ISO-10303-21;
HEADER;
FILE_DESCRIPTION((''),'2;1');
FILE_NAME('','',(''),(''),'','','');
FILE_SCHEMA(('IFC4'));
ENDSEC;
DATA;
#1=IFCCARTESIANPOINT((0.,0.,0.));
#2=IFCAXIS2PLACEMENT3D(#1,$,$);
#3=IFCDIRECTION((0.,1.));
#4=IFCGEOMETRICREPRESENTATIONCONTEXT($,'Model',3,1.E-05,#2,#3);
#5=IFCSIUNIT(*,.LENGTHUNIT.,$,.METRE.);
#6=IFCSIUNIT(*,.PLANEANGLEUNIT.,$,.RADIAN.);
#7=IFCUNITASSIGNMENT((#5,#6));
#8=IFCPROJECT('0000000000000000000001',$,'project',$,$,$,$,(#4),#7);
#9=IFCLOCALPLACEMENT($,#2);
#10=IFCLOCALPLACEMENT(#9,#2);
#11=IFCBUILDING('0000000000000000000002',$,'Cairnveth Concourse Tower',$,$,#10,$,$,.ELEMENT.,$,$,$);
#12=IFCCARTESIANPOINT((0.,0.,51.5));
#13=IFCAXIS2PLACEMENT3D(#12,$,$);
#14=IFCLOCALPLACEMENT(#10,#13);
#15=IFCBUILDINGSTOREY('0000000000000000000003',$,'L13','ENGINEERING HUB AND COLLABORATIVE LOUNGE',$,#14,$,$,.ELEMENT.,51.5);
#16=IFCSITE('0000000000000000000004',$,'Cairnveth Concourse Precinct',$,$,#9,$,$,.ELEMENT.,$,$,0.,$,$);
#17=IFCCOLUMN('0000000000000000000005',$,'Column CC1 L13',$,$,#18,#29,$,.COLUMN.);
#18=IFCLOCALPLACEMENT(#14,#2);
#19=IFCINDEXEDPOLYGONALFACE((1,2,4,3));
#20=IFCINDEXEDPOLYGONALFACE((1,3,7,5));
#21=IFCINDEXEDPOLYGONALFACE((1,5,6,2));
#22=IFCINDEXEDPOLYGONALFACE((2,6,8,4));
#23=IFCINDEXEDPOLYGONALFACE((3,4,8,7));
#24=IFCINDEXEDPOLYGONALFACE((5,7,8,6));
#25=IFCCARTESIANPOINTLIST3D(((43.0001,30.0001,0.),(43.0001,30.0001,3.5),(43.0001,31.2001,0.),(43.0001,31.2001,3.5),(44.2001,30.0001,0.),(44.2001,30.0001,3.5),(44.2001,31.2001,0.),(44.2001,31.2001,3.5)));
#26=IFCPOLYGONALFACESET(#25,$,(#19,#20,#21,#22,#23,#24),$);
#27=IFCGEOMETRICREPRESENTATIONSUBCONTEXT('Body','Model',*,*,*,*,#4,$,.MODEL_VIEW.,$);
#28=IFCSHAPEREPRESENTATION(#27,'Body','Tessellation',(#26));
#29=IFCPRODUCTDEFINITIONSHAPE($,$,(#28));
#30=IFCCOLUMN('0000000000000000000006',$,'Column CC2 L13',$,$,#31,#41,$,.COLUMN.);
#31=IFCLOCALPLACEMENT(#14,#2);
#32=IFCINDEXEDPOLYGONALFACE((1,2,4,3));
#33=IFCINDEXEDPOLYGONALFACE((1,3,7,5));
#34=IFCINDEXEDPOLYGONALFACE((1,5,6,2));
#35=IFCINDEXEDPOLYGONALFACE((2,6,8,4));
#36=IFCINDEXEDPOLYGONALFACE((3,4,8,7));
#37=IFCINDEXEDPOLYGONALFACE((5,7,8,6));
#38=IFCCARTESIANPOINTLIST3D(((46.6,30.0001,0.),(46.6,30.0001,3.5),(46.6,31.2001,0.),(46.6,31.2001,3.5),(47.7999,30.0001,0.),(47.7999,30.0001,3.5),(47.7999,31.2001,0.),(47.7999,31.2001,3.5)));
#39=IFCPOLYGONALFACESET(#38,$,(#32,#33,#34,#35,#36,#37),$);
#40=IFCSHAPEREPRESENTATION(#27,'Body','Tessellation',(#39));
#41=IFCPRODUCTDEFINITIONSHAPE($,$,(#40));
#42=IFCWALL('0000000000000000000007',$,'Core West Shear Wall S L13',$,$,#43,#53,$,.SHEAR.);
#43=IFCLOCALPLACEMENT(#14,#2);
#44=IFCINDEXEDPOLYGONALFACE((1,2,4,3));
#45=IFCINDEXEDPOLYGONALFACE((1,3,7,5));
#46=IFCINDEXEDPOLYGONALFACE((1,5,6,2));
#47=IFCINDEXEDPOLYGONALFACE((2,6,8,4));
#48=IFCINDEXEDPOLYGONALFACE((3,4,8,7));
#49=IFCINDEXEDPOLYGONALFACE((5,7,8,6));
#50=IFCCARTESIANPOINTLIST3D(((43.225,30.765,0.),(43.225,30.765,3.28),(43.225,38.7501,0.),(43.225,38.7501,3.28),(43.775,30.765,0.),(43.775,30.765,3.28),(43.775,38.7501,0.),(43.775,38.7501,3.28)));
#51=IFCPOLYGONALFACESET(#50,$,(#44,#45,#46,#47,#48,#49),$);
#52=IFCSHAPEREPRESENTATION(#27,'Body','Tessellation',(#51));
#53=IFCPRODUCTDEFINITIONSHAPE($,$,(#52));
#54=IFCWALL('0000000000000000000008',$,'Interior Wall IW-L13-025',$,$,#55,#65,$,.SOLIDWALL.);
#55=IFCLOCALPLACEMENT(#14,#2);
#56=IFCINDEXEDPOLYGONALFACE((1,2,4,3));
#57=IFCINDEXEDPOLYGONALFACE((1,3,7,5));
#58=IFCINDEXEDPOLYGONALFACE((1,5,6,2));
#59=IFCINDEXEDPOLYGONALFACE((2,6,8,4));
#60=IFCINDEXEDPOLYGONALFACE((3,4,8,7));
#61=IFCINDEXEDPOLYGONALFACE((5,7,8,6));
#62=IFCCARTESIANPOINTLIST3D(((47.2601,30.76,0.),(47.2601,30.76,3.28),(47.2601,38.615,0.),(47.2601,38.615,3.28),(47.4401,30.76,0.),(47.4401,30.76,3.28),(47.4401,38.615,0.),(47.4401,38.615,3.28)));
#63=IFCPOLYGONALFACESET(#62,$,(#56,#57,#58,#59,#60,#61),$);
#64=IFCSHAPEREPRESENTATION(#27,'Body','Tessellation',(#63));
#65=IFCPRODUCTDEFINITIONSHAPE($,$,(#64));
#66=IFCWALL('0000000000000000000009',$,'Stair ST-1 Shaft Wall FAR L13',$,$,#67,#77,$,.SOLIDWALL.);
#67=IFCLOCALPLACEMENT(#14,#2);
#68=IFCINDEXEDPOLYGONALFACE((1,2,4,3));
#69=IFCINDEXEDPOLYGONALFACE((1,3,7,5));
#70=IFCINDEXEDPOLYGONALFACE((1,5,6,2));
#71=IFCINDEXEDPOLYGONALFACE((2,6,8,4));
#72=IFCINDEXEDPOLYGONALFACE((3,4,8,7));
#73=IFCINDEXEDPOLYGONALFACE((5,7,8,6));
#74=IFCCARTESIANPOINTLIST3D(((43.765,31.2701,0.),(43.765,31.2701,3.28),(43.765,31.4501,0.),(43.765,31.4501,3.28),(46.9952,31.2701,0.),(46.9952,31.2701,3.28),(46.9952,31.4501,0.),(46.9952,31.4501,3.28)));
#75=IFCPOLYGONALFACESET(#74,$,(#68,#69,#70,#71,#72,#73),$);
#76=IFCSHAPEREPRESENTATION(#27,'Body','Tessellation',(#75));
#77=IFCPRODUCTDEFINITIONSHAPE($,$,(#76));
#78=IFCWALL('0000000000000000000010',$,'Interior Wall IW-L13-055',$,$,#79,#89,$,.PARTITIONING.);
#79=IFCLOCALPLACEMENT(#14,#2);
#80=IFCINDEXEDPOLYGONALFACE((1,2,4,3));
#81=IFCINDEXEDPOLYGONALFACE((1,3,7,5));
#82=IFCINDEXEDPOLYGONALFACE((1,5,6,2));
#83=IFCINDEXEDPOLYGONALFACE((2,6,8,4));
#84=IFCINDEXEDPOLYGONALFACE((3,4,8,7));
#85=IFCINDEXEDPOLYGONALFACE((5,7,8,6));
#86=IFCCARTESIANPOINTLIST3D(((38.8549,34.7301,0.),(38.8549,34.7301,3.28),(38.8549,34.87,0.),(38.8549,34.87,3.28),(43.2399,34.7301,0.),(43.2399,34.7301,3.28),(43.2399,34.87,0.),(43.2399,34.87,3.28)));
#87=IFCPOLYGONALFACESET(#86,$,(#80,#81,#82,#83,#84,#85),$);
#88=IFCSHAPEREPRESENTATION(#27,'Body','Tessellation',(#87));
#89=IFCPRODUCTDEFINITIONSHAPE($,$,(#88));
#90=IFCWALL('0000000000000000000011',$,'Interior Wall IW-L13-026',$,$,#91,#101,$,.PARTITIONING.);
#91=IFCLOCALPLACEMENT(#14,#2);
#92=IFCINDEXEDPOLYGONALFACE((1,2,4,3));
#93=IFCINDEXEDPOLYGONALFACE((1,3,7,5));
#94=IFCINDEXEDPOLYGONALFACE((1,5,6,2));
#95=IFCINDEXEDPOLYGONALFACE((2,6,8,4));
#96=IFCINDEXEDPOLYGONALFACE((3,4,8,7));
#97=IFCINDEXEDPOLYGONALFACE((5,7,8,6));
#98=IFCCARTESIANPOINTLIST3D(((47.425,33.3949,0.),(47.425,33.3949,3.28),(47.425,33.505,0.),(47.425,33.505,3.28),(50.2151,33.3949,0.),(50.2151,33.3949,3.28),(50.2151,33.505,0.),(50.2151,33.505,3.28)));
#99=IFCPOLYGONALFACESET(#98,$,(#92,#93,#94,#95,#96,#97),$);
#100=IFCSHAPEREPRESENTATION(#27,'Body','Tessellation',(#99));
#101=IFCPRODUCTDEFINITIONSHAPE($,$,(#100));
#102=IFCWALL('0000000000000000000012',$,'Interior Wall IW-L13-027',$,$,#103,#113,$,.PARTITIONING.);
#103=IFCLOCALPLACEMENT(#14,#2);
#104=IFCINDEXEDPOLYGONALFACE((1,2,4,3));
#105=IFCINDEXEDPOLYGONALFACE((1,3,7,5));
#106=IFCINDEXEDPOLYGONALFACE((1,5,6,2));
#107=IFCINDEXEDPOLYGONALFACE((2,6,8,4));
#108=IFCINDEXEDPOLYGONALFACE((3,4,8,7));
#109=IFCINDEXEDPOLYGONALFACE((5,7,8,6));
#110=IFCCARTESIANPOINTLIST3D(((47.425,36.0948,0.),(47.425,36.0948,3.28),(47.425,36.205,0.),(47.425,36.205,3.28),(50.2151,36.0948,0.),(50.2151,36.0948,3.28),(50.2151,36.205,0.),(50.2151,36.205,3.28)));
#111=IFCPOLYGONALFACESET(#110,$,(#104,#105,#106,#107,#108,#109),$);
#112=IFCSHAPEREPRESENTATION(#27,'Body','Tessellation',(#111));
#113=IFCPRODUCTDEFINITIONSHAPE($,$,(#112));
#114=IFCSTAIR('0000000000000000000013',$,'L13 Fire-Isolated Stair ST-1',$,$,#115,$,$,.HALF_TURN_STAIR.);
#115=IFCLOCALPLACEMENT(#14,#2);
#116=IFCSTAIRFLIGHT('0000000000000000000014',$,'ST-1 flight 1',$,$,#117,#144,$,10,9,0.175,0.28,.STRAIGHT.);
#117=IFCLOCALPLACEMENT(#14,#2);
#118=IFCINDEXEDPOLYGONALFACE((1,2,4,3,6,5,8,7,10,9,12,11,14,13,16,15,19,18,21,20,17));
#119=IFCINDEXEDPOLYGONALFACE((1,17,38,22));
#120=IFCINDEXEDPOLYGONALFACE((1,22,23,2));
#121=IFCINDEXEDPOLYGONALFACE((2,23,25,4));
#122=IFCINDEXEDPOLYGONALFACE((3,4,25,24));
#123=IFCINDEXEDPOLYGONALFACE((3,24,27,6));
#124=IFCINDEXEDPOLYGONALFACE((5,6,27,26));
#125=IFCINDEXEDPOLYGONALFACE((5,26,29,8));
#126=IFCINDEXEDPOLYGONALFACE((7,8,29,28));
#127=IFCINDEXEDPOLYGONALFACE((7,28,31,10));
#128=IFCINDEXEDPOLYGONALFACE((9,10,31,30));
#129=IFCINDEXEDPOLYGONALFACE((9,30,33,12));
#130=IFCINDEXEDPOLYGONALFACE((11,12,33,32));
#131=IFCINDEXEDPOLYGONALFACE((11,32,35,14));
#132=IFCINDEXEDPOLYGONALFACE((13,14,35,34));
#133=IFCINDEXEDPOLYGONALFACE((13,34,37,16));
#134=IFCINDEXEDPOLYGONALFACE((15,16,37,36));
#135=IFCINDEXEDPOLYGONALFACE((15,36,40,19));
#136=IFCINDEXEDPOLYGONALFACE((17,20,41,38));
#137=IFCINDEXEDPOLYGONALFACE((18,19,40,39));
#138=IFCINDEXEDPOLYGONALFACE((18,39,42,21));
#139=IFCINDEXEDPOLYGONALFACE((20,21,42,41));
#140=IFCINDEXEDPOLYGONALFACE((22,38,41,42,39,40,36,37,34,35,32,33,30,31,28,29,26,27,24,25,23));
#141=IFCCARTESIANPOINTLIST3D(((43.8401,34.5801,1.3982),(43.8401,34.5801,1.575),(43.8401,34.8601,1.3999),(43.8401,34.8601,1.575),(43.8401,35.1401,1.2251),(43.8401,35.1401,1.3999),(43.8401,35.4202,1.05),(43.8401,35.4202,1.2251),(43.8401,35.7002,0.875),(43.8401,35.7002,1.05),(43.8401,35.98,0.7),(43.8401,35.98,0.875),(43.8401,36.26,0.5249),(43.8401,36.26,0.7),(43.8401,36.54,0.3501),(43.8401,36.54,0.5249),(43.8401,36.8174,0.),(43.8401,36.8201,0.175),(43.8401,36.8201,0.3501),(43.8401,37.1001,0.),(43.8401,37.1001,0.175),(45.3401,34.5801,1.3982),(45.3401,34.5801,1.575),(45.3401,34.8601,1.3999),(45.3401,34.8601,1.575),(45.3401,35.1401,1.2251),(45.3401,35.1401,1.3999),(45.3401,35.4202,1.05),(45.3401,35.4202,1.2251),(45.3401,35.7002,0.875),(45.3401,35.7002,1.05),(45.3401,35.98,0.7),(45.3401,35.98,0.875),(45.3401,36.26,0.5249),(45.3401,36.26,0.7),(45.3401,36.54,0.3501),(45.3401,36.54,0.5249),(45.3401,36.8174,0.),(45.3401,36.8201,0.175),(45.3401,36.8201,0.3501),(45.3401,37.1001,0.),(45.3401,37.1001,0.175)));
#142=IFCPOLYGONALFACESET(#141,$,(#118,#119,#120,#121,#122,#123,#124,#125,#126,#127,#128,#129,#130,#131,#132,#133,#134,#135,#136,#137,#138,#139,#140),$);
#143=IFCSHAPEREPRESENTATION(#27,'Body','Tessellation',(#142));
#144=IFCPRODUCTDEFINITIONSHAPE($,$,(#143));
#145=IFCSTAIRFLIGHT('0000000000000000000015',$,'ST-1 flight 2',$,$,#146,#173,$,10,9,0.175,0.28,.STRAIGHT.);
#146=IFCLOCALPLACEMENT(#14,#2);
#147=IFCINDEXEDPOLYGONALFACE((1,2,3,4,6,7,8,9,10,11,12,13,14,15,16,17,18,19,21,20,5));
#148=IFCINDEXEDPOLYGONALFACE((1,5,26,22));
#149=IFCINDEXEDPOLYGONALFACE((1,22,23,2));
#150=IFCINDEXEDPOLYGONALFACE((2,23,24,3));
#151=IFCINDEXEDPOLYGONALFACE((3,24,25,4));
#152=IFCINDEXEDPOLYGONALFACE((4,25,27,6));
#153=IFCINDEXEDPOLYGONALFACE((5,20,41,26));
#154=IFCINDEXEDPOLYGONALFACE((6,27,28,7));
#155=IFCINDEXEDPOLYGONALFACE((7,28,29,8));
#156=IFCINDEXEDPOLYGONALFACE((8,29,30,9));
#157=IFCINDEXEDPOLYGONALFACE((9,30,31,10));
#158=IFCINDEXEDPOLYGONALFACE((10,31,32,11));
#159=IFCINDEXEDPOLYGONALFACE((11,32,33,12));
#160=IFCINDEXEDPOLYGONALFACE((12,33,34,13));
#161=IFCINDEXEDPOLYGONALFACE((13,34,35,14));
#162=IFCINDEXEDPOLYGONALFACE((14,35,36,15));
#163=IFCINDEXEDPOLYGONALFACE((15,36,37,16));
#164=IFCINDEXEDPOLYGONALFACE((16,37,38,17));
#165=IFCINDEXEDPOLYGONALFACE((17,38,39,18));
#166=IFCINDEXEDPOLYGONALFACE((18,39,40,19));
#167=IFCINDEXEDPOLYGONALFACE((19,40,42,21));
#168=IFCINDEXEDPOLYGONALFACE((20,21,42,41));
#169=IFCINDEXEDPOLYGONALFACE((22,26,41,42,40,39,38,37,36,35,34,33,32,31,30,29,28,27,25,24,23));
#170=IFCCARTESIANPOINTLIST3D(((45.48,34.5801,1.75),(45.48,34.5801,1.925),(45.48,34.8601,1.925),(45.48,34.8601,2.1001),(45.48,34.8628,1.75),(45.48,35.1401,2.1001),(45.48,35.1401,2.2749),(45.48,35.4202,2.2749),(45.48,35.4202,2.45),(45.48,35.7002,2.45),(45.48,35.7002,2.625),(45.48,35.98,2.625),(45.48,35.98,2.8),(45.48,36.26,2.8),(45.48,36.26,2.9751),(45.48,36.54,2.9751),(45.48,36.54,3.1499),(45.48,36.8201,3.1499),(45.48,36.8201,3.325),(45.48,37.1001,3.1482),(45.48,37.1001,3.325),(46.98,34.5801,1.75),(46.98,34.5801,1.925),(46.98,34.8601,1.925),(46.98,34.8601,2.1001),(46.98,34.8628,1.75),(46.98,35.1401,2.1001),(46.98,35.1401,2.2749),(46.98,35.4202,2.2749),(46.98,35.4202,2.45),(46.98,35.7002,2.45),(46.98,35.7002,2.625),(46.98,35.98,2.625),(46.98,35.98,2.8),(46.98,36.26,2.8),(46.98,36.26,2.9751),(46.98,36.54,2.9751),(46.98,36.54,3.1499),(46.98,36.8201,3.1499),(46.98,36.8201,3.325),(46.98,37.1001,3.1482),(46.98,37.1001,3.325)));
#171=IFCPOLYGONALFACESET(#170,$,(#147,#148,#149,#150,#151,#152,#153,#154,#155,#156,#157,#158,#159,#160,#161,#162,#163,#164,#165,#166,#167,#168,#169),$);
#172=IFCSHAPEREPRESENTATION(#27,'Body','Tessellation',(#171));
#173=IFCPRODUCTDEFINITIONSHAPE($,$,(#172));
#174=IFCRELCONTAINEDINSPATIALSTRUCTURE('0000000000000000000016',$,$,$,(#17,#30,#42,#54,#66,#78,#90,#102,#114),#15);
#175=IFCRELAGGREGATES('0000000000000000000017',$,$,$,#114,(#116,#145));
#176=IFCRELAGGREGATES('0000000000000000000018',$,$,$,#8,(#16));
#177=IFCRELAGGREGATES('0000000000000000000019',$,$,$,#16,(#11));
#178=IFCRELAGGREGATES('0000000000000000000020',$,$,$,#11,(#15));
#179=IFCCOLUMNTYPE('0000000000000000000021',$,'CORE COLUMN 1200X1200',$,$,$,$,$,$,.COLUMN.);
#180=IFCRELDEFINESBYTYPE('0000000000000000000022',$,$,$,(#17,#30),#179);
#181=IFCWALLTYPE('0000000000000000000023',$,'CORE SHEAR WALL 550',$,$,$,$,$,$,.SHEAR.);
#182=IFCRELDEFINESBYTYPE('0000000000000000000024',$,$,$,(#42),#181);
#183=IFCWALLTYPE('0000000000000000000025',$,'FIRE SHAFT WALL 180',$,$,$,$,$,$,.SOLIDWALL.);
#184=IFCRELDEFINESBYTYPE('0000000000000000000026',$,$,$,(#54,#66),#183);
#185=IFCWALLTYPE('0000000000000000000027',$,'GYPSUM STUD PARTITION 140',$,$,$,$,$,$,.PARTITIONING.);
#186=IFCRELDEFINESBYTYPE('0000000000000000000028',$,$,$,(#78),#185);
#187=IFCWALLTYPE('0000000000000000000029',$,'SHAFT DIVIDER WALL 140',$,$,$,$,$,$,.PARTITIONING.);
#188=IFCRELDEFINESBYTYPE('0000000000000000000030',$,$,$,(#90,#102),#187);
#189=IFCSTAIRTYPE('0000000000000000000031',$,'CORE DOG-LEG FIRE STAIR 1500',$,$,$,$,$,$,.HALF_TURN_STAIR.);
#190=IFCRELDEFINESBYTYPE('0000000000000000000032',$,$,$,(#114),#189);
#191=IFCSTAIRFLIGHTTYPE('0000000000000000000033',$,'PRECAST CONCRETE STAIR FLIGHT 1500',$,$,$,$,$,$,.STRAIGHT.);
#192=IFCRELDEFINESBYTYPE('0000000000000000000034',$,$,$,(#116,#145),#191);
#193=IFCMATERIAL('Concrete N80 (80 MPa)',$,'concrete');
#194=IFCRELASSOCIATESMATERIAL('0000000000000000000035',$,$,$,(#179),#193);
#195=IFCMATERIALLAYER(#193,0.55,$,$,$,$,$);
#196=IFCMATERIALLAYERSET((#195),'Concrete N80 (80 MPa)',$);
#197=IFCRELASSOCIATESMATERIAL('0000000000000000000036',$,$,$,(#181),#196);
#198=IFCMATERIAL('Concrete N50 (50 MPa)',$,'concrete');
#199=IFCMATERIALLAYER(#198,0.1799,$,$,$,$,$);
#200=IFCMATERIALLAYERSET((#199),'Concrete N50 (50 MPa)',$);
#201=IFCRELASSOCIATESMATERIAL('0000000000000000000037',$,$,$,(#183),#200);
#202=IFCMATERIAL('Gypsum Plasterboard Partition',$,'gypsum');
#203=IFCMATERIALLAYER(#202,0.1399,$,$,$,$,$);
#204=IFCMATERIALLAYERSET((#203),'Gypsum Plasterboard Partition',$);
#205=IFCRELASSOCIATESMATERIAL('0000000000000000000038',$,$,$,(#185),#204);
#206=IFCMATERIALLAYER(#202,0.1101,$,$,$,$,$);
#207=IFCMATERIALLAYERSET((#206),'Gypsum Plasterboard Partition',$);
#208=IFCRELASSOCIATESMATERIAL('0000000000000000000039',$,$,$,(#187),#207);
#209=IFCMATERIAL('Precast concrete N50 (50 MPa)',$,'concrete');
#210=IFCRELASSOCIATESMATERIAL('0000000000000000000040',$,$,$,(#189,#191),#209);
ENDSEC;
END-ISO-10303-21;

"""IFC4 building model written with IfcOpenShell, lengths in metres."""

from ifc_helpers import new_model, si_unit, direction, frame, frame_2d, origin, origin_2d, place, context, subcontext, project, spatial, polyline, rectangle, outline, extrude, material, layer, layer_set, material_profile, profile_set, type_object, element, aggregate, save


model = new_model("IFC4")

# Units and contexts
model_context = context("Model", 3, precision=1e-05, world=origin(), true_north=direction((0.0, 1.0)))
body_context = subcontext(model_context, "Body", "Model", "MODEL_VIEW")
ifc_project = project(units=[si_unit("LENGTHUNIT", "METRE"), si_unit("PLANEANGLEUNIT", "RADIAN")], contexts=[model_context])

# Site, building, storey
site_placement = place(None, origin())
site = spatial("IfcSite", under=ifc_project, at=site_placement, Name="Cairnveth Concourse Precinct", CompositionType="ELEMENT", RefElevation=0.0)
building_placement = place(site_placement, origin())
building = spatial("IfcBuilding", under=site, at=building_placement, Name="Cairnveth Concourse Tower", CompositionType="ELEMENT")
storey_placement = place(building_placement, frame((0.0, 0.0, 51.5)))
storey = spatial("IfcBuildingStorey", under=building, at=storey_placement, Name="L13", Description="ENGINEERING HUB AND COLLABORATIVE LOUNGE", CompositionType="ELEMENT", Elevation=51.5)

# Columns
ifc_material_1 = material(Name="Concrete N80 (80 MPa)", Category="concrete")
ifc_material_profile = material_profile(ifc_material_1, rectangle(XDim=1.2, YDim=1.2, at=origin_2d()), Name="RC-COL-1200x1200")
ifc_profile_set = profile_set([ifc_material_profile], Name="Concrete N80 (80 MPa)")
column_type = type_object("IfcColumnType", Name="CORE COLUMN 1200X1200", PredefinedType="COLUMN", material=ifc_profile_set)
for number, where, z_axis, x_axis, name in (
    (1, (43.6001, 30.6001, 0.0), (0.0, 0.0, 1.0), (1.0, 0.0, 0.0), "Column CC1 L13"),
    (2, (47.2, 30.6001, 0.0), (0.0, 0.0, 1.0), (1.0, 0.0, 0.0), "Column CC2 L13"),
):
    element("IfcColumn", number, at=place(storey_placement, frame(where, z_axis=z_axis, x_axis=x_axis)), inside=storey, type_object=column_type, Name=name, PredefinedType="COLUMN", context=body_context, shape_type="SweptSolid", body=[
        extrude(rectangle(XDim=1.2, YDim=1.2, at=origin_2d()), origin(), (0.0, 0.0, 1.0), 3.5),
    ])

# Walls
ifc_layer_1 = layer(ifc_material_1, 0.55)
ifc_layer_set_1 = layer_set([ifc_layer_1], Name="Concrete N80 (80 MPa)")
wall_type_1 = type_object("IfcWallType", Name="CORE SHEAR WALL 550", PredefinedType="SHEAR", material=ifc_layer_set_1)
wall_1_placement = place(storey_placement, frame((43.5, 30.7649, 0.0), z_axis=(0.0, 0.0, 1.0), x_axis=(0.0, 1.0, 0.0)))
element("IfcWall", 3, at=wall_1_placement, inside=storey, type_object=wall_type_1, Name="Core West Shear Wall S L13", PredefinedType="SHEAR", context=body_context, shape_type="SweptSolid", body=[
    extrude(rectangle(XDim=7.9851, YDim=0.55, at=frame_2d((3.9927, 0.0))), origin(), (0.0, 0.0, 1.0), 3.28),
])
ifc_material_2 = material(Name="Concrete N50 (50 MPa)", Category="concrete")
ifc_layer_2 = layer(ifc_material_2, 0.1799)
ifc_layer_set_2 = layer_set([ifc_layer_2], Name="Concrete N50 (50 MPa)")
wall_type_2 = type_object("IfcWallType", Name="FIRE SHAFT WALL 180", PredefinedType="SOLIDWALL", material=ifc_layer_set_2)
wall_2_placement = place(storey_placement, frame((47.3501, 30.76, 0.0), z_axis=(0.0, 0.0, 1.0), x_axis=(0.0, 1.0, 0.0)))
element("IfcWall", 4, at=wall_2_placement, inside=storey, type_object=wall_type_2, Name="Interior Wall IW-L13-025", PredefinedType="SOLIDWALL", context=body_context, shape_type="SweptSolid", body=[
    extrude(rectangle(XDim=7.855, YDim=0.1799, at=frame_2d((3.9275, 0.0))), origin(), (0.0, 0.0, 1.0), 3.28),
])
wall_3_placement = place(storey_placement, frame((43.7649, 31.3601, 0.0), z_axis=(0.0, 0.0, 1.0), x_axis=(1.0, 0.0, 0.0)))
element("IfcWall", 5, at=wall_3_placement, inside=storey, type_object=wall_type_2, Name="Stair ST-1 Shaft Wall FAR L13", PredefinedType="SOLIDWALL", context=body_context, shape_type="SweptSolid", body=[
    extrude(rectangle(XDim=3.2302, YDim=0.1799, at=frame_2d((1.6152, 0.0))), origin(), (0.0, 0.0, 1.0), 3.28),
])
ifc_material_3 = material(Name="Gypsum Plasterboard Partition", Category="gypsum")
ifc_layer_3 = layer(ifc_material_3, 0.1399)
ifc_layer_set_3 = layer_set([ifc_layer_3], Name="Gypsum Plasterboard Partition")
wall_type_3 = type_object("IfcWallType", Name="GYPSUM STUD PARTITION 140", PredefinedType="PARTITIONING", material=ifc_layer_set_3)
wall_4_placement = place(storey_placement, frame((38.855, 34.8, 0.0), z_axis=(0.0, 0.0, 1.0), x_axis=(1.0, 0.0, 0.0)))
element("IfcWall", 6, at=wall_4_placement, inside=storey, type_object=wall_type_3, Name="Interior Wall IW-L13-055", PredefinedType="PARTITIONING", context=body_context, shape_type="SweptSolid", body=[
    extrude(rectangle(XDim=4.385, YDim=0.1399, at=frame_2d((2.1924, 0.0))), origin(), (0.0, 0.0, 1.0), 3.28),
])
ifc_layer_4 = layer(ifc_material_3, 0.1101)
ifc_layer_set_4 = layer_set([ifc_layer_4], Name="Gypsum Plasterboard Partition")
wall_type_4 = type_object("IfcWallType", Name="SHAFT DIVIDER WALL 140", PredefinedType="PARTITIONING", material=ifc_layer_set_4)
for number, where, z_axis, x_axis, name in (
    (7, (47.425, 33.45, 0.0), (0.0, 0.0, 1.0), (1.0, 0.0, 0.0), "Interior Wall IW-L13-026"),
    (8, (47.425, 36.1499, 0.0), (0.0, 0.0, 1.0), (1.0, 0.0, 0.0), "Interior Wall IW-L13-027"),
):
    element("IfcWall", number, at=place(storey_placement, frame(where, z_axis=z_axis, x_axis=x_axis)), inside=storey, type_object=wall_type_4, Name=name, PredefinedType="PARTITIONING", context=body_context, shape_type="SweptSolid", body=[
        extrude(rectangle(XDim=2.79, YDim=0.1101, at=frame_2d((1.395, 0.0))), origin(), (0.0, 0.0, 1.0), 3.28),
    ])

# Stair, stair flights
ifc_material_4 = material(Name="Precast concrete N50 (50 MPa)", Category="concrete")
stair_type = type_object("IfcStairType", Name="CORE DOG-LEG FIRE STAIR 1500", PredefinedType="HALF_TURN_STAIR", material=ifc_material_4)
stair_placement = place(storey_placement, origin())
stair = element("IfcStair", 9, at=stair_placement, inside=storey, type_object=stair_type, Name="L13 Fire-Isolated Stair ST-1", PredefinedType="HALF_TURN_STAIR")
stair_flight_type = type_object("IfcStairFlightType", Name="PRECAST CONCRETE STAIR FLIGHT 1500", PredefinedType="STRAIGHT", material=ifc_material_4)
stair_flight_1_placement = place(storey_placement, frame((44.5901, 37.1001, 0.0), z_axis=(0.0, 0.0, 1.0), x_axis=(0.0, -1.0, 0.0)))
stair_flight_1 = element("IfcStairFlight", 10, at=stair_flight_1_placement, type_object=stair_flight_type, Name="ST-1 flight 1", NumberOfRisers=10, NumberOfTreads=9, PredefinedType="STRAIGHT", RiserHeight=0.175, TreadLength=0.28, context=body_context, shape_type="SweptSolid", body=[
    extrude(outline(polyline([(0.0, 0.0), (0.0, 0.175), (0.28, 0.175), (0.28, 0.3501), (0.5601, 0.3501), (0.5601, 0.5249), (0.8401, 0.5249), (0.8401, 0.7), (1.1201, 0.7), (1.1201, 0.875), (1.3999, 0.875), (1.3999, 1.05), (1.6799, 1.05), (1.6799, 1.2251), (1.96, 1.2251), (1.96, 1.3999), (2.24, 1.3999), (2.24, 1.575), (2.52, 1.575), (2.52, 1.75), (2.52, 1.3982), (0.2827, 0.0), (0.0, 0.0)])), frame((0.0, 0.75, 0.0), z_axis=(0.0, -1.0, 0.0), x_axis=(1.0, 0.0, 0.0)), (0.0, 0.0, 1.0), 1.5),
])
stair_flight_2_placement = place(storey_placement, frame((46.23, 34.5801, 1.75), z_axis=(0.0, 0.0, 1.0), x_axis=(0.0, 1.0, 0.0)))
stair_flight_2 = element("IfcStairFlight", 11, at=stair_flight_2_placement, type_object=stair_flight_type, Name="ST-1 flight 2", NumberOfRisers=10, NumberOfTreads=9, PredefinedType="STRAIGHT", RiserHeight=0.175, TreadLength=0.28, context=body_context, shape_type="SweptSolid", body=[
    extrude(outline(polyline([(0.0, 0.0), (0.0, 0.175), (0.28, 0.175), (0.28, 0.3501), (0.5601, 0.3501), (0.5601, 0.5249), (0.8401, 0.5249), (0.8401, 0.7), (1.1201, 0.7), (1.1201, 0.875), (1.3999, 0.875), (1.3999, 1.05), (1.6799, 1.05), (1.6799, 1.2251), (1.96, 1.2251), (1.96, 1.3999), (2.24, 1.3999), (2.24, 1.575), (2.52, 1.575), (2.52, 1.75), (2.52, 1.3982), (0.2827, 0.0), (0.0, 0.0)])), frame((0.0, 0.75, 0.0), z_axis=(0.0, -1.0, 0.0), x_axis=(1.0, 0.0, 0.0)), (0.0, 0.0, 1.0), 1.5),
])
aggregate(stair, [stair_flight_1, stair_flight_2])

save(model, "model.ifc")
